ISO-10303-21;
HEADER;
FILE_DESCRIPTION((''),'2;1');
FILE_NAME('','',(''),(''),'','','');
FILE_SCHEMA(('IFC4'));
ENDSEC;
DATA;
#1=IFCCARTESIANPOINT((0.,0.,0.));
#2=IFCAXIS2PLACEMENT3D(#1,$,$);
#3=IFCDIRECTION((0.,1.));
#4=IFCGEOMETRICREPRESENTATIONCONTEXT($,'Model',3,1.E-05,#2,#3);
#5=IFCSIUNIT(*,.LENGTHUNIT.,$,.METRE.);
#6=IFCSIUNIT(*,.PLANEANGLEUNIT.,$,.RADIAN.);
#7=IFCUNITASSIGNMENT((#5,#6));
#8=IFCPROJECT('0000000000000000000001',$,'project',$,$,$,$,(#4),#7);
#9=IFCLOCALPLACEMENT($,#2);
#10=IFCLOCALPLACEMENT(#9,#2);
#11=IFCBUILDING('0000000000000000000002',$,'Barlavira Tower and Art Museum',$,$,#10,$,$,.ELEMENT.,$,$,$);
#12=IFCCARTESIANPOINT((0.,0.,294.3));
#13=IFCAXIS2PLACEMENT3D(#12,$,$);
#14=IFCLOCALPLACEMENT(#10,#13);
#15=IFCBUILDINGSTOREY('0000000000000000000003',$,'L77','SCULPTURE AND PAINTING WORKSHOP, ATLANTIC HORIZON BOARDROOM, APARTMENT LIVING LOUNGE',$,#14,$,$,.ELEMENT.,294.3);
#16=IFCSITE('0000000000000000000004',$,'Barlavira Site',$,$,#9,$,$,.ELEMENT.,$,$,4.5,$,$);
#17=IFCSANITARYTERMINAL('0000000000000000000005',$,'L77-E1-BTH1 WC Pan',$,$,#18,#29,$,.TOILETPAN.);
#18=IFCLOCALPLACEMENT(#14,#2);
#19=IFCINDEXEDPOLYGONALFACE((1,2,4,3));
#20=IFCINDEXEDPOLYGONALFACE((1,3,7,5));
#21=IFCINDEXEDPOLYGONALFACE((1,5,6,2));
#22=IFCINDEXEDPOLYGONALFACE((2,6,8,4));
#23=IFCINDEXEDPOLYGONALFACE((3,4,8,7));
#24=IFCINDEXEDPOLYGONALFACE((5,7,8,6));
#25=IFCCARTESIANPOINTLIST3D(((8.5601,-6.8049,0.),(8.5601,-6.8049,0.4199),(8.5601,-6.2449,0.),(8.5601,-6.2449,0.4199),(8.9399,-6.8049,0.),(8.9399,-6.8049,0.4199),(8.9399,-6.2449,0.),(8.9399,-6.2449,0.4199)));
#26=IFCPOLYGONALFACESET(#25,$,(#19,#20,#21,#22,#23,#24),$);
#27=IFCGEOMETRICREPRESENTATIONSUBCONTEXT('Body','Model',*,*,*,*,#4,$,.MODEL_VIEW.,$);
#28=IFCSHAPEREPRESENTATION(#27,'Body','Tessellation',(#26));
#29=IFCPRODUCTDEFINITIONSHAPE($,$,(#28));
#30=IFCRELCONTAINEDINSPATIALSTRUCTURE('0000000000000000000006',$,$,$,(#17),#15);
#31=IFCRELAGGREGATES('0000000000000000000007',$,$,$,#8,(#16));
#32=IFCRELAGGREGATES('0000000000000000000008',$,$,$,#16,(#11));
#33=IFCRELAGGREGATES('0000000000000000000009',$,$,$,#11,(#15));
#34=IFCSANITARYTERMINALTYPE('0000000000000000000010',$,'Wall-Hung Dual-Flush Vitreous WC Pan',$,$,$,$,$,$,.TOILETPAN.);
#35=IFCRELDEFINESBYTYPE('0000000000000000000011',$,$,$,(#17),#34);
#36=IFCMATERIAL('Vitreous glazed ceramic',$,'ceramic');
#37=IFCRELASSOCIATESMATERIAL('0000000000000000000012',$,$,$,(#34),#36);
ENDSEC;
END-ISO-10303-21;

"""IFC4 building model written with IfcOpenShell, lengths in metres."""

from ifc_helpers import new_model, si_unit, direction, frame, origin, origin_2d, place, context, subcontext, project, spatial, rectangle, extrude, material, type_object, element, save


model = new_model("IFC4")

# Units and contexts
model_context = context("Model", 3, precision=1e-05, world=origin(), true_north=direction((0.0, 1.0)))
body_context = subcontext(model_context, "Body", "Model", "MODEL_VIEW")
ifc_project = project(units=[si_unit("LENGTHUNIT", "METRE"), si_unit("PLANEANGLEUNIT", "RADIAN")], contexts=[model_context])

# Site, building, storey
site_placement = place(None, origin())
site = spatial("IfcSite", under=ifc_project, at=site_placement, Name="Barlavira Site", CompositionType="ELEMENT", RefElevation=4.5)
building_placement = place(site_placement, origin())
building = spatial("IfcBuilding", under=site, at=building_placement, Name="Barlavira Tower and Art Museum", CompositionType="ELEMENT")
storey_placement = place(building_placement, frame((0.0, 0.0, 294.3)))
storey = spatial("IfcBuildingStorey", under=building, at=storey_placement, Name="L77", Description="SCULPTURE AND PAINTING WORKSHOP, ATLANTIC HORIZON BOARDROOM, APARTMENT LIVING LOUNGE", CompositionType="ELEMENT", Elevation=294.3)

# Sanitary terminal
ifc_material_1 = material(Name="Vitreous glazed ceramic", Category="ceramic")
sanitary_terminal_type_1 = type_object("IfcSanitaryTerminalType", Name="Wall-Hung Dual-Flush Vitreous WC Pan", PredefinedType="TOILETPAN", material=ifc_material_1)
sanitary_terminal_1_placement = place(storey_placement, frame((8.75, -6.5249, 0.0), z_axis=(0.0, 0.0, 1.0), x_axis=(1.0, 0.0, 0.0)))
element("IfcSanitaryTerminal", 1, at=sanitary_terminal_1_placement, inside=storey, type_object=sanitary_terminal_type_1, Name="L77-E1-BTH1 WC Pan", PredefinedType="TOILETPAN", context=body_context, shape_type="SweptSolid", body=[
    extrude(rectangle(XDim=0.3799, YDim=0.5601, at=origin_2d()), origin(), (0.0, 0.0, 1.0), 0.4199),
])

save(model, "model.ifc")
